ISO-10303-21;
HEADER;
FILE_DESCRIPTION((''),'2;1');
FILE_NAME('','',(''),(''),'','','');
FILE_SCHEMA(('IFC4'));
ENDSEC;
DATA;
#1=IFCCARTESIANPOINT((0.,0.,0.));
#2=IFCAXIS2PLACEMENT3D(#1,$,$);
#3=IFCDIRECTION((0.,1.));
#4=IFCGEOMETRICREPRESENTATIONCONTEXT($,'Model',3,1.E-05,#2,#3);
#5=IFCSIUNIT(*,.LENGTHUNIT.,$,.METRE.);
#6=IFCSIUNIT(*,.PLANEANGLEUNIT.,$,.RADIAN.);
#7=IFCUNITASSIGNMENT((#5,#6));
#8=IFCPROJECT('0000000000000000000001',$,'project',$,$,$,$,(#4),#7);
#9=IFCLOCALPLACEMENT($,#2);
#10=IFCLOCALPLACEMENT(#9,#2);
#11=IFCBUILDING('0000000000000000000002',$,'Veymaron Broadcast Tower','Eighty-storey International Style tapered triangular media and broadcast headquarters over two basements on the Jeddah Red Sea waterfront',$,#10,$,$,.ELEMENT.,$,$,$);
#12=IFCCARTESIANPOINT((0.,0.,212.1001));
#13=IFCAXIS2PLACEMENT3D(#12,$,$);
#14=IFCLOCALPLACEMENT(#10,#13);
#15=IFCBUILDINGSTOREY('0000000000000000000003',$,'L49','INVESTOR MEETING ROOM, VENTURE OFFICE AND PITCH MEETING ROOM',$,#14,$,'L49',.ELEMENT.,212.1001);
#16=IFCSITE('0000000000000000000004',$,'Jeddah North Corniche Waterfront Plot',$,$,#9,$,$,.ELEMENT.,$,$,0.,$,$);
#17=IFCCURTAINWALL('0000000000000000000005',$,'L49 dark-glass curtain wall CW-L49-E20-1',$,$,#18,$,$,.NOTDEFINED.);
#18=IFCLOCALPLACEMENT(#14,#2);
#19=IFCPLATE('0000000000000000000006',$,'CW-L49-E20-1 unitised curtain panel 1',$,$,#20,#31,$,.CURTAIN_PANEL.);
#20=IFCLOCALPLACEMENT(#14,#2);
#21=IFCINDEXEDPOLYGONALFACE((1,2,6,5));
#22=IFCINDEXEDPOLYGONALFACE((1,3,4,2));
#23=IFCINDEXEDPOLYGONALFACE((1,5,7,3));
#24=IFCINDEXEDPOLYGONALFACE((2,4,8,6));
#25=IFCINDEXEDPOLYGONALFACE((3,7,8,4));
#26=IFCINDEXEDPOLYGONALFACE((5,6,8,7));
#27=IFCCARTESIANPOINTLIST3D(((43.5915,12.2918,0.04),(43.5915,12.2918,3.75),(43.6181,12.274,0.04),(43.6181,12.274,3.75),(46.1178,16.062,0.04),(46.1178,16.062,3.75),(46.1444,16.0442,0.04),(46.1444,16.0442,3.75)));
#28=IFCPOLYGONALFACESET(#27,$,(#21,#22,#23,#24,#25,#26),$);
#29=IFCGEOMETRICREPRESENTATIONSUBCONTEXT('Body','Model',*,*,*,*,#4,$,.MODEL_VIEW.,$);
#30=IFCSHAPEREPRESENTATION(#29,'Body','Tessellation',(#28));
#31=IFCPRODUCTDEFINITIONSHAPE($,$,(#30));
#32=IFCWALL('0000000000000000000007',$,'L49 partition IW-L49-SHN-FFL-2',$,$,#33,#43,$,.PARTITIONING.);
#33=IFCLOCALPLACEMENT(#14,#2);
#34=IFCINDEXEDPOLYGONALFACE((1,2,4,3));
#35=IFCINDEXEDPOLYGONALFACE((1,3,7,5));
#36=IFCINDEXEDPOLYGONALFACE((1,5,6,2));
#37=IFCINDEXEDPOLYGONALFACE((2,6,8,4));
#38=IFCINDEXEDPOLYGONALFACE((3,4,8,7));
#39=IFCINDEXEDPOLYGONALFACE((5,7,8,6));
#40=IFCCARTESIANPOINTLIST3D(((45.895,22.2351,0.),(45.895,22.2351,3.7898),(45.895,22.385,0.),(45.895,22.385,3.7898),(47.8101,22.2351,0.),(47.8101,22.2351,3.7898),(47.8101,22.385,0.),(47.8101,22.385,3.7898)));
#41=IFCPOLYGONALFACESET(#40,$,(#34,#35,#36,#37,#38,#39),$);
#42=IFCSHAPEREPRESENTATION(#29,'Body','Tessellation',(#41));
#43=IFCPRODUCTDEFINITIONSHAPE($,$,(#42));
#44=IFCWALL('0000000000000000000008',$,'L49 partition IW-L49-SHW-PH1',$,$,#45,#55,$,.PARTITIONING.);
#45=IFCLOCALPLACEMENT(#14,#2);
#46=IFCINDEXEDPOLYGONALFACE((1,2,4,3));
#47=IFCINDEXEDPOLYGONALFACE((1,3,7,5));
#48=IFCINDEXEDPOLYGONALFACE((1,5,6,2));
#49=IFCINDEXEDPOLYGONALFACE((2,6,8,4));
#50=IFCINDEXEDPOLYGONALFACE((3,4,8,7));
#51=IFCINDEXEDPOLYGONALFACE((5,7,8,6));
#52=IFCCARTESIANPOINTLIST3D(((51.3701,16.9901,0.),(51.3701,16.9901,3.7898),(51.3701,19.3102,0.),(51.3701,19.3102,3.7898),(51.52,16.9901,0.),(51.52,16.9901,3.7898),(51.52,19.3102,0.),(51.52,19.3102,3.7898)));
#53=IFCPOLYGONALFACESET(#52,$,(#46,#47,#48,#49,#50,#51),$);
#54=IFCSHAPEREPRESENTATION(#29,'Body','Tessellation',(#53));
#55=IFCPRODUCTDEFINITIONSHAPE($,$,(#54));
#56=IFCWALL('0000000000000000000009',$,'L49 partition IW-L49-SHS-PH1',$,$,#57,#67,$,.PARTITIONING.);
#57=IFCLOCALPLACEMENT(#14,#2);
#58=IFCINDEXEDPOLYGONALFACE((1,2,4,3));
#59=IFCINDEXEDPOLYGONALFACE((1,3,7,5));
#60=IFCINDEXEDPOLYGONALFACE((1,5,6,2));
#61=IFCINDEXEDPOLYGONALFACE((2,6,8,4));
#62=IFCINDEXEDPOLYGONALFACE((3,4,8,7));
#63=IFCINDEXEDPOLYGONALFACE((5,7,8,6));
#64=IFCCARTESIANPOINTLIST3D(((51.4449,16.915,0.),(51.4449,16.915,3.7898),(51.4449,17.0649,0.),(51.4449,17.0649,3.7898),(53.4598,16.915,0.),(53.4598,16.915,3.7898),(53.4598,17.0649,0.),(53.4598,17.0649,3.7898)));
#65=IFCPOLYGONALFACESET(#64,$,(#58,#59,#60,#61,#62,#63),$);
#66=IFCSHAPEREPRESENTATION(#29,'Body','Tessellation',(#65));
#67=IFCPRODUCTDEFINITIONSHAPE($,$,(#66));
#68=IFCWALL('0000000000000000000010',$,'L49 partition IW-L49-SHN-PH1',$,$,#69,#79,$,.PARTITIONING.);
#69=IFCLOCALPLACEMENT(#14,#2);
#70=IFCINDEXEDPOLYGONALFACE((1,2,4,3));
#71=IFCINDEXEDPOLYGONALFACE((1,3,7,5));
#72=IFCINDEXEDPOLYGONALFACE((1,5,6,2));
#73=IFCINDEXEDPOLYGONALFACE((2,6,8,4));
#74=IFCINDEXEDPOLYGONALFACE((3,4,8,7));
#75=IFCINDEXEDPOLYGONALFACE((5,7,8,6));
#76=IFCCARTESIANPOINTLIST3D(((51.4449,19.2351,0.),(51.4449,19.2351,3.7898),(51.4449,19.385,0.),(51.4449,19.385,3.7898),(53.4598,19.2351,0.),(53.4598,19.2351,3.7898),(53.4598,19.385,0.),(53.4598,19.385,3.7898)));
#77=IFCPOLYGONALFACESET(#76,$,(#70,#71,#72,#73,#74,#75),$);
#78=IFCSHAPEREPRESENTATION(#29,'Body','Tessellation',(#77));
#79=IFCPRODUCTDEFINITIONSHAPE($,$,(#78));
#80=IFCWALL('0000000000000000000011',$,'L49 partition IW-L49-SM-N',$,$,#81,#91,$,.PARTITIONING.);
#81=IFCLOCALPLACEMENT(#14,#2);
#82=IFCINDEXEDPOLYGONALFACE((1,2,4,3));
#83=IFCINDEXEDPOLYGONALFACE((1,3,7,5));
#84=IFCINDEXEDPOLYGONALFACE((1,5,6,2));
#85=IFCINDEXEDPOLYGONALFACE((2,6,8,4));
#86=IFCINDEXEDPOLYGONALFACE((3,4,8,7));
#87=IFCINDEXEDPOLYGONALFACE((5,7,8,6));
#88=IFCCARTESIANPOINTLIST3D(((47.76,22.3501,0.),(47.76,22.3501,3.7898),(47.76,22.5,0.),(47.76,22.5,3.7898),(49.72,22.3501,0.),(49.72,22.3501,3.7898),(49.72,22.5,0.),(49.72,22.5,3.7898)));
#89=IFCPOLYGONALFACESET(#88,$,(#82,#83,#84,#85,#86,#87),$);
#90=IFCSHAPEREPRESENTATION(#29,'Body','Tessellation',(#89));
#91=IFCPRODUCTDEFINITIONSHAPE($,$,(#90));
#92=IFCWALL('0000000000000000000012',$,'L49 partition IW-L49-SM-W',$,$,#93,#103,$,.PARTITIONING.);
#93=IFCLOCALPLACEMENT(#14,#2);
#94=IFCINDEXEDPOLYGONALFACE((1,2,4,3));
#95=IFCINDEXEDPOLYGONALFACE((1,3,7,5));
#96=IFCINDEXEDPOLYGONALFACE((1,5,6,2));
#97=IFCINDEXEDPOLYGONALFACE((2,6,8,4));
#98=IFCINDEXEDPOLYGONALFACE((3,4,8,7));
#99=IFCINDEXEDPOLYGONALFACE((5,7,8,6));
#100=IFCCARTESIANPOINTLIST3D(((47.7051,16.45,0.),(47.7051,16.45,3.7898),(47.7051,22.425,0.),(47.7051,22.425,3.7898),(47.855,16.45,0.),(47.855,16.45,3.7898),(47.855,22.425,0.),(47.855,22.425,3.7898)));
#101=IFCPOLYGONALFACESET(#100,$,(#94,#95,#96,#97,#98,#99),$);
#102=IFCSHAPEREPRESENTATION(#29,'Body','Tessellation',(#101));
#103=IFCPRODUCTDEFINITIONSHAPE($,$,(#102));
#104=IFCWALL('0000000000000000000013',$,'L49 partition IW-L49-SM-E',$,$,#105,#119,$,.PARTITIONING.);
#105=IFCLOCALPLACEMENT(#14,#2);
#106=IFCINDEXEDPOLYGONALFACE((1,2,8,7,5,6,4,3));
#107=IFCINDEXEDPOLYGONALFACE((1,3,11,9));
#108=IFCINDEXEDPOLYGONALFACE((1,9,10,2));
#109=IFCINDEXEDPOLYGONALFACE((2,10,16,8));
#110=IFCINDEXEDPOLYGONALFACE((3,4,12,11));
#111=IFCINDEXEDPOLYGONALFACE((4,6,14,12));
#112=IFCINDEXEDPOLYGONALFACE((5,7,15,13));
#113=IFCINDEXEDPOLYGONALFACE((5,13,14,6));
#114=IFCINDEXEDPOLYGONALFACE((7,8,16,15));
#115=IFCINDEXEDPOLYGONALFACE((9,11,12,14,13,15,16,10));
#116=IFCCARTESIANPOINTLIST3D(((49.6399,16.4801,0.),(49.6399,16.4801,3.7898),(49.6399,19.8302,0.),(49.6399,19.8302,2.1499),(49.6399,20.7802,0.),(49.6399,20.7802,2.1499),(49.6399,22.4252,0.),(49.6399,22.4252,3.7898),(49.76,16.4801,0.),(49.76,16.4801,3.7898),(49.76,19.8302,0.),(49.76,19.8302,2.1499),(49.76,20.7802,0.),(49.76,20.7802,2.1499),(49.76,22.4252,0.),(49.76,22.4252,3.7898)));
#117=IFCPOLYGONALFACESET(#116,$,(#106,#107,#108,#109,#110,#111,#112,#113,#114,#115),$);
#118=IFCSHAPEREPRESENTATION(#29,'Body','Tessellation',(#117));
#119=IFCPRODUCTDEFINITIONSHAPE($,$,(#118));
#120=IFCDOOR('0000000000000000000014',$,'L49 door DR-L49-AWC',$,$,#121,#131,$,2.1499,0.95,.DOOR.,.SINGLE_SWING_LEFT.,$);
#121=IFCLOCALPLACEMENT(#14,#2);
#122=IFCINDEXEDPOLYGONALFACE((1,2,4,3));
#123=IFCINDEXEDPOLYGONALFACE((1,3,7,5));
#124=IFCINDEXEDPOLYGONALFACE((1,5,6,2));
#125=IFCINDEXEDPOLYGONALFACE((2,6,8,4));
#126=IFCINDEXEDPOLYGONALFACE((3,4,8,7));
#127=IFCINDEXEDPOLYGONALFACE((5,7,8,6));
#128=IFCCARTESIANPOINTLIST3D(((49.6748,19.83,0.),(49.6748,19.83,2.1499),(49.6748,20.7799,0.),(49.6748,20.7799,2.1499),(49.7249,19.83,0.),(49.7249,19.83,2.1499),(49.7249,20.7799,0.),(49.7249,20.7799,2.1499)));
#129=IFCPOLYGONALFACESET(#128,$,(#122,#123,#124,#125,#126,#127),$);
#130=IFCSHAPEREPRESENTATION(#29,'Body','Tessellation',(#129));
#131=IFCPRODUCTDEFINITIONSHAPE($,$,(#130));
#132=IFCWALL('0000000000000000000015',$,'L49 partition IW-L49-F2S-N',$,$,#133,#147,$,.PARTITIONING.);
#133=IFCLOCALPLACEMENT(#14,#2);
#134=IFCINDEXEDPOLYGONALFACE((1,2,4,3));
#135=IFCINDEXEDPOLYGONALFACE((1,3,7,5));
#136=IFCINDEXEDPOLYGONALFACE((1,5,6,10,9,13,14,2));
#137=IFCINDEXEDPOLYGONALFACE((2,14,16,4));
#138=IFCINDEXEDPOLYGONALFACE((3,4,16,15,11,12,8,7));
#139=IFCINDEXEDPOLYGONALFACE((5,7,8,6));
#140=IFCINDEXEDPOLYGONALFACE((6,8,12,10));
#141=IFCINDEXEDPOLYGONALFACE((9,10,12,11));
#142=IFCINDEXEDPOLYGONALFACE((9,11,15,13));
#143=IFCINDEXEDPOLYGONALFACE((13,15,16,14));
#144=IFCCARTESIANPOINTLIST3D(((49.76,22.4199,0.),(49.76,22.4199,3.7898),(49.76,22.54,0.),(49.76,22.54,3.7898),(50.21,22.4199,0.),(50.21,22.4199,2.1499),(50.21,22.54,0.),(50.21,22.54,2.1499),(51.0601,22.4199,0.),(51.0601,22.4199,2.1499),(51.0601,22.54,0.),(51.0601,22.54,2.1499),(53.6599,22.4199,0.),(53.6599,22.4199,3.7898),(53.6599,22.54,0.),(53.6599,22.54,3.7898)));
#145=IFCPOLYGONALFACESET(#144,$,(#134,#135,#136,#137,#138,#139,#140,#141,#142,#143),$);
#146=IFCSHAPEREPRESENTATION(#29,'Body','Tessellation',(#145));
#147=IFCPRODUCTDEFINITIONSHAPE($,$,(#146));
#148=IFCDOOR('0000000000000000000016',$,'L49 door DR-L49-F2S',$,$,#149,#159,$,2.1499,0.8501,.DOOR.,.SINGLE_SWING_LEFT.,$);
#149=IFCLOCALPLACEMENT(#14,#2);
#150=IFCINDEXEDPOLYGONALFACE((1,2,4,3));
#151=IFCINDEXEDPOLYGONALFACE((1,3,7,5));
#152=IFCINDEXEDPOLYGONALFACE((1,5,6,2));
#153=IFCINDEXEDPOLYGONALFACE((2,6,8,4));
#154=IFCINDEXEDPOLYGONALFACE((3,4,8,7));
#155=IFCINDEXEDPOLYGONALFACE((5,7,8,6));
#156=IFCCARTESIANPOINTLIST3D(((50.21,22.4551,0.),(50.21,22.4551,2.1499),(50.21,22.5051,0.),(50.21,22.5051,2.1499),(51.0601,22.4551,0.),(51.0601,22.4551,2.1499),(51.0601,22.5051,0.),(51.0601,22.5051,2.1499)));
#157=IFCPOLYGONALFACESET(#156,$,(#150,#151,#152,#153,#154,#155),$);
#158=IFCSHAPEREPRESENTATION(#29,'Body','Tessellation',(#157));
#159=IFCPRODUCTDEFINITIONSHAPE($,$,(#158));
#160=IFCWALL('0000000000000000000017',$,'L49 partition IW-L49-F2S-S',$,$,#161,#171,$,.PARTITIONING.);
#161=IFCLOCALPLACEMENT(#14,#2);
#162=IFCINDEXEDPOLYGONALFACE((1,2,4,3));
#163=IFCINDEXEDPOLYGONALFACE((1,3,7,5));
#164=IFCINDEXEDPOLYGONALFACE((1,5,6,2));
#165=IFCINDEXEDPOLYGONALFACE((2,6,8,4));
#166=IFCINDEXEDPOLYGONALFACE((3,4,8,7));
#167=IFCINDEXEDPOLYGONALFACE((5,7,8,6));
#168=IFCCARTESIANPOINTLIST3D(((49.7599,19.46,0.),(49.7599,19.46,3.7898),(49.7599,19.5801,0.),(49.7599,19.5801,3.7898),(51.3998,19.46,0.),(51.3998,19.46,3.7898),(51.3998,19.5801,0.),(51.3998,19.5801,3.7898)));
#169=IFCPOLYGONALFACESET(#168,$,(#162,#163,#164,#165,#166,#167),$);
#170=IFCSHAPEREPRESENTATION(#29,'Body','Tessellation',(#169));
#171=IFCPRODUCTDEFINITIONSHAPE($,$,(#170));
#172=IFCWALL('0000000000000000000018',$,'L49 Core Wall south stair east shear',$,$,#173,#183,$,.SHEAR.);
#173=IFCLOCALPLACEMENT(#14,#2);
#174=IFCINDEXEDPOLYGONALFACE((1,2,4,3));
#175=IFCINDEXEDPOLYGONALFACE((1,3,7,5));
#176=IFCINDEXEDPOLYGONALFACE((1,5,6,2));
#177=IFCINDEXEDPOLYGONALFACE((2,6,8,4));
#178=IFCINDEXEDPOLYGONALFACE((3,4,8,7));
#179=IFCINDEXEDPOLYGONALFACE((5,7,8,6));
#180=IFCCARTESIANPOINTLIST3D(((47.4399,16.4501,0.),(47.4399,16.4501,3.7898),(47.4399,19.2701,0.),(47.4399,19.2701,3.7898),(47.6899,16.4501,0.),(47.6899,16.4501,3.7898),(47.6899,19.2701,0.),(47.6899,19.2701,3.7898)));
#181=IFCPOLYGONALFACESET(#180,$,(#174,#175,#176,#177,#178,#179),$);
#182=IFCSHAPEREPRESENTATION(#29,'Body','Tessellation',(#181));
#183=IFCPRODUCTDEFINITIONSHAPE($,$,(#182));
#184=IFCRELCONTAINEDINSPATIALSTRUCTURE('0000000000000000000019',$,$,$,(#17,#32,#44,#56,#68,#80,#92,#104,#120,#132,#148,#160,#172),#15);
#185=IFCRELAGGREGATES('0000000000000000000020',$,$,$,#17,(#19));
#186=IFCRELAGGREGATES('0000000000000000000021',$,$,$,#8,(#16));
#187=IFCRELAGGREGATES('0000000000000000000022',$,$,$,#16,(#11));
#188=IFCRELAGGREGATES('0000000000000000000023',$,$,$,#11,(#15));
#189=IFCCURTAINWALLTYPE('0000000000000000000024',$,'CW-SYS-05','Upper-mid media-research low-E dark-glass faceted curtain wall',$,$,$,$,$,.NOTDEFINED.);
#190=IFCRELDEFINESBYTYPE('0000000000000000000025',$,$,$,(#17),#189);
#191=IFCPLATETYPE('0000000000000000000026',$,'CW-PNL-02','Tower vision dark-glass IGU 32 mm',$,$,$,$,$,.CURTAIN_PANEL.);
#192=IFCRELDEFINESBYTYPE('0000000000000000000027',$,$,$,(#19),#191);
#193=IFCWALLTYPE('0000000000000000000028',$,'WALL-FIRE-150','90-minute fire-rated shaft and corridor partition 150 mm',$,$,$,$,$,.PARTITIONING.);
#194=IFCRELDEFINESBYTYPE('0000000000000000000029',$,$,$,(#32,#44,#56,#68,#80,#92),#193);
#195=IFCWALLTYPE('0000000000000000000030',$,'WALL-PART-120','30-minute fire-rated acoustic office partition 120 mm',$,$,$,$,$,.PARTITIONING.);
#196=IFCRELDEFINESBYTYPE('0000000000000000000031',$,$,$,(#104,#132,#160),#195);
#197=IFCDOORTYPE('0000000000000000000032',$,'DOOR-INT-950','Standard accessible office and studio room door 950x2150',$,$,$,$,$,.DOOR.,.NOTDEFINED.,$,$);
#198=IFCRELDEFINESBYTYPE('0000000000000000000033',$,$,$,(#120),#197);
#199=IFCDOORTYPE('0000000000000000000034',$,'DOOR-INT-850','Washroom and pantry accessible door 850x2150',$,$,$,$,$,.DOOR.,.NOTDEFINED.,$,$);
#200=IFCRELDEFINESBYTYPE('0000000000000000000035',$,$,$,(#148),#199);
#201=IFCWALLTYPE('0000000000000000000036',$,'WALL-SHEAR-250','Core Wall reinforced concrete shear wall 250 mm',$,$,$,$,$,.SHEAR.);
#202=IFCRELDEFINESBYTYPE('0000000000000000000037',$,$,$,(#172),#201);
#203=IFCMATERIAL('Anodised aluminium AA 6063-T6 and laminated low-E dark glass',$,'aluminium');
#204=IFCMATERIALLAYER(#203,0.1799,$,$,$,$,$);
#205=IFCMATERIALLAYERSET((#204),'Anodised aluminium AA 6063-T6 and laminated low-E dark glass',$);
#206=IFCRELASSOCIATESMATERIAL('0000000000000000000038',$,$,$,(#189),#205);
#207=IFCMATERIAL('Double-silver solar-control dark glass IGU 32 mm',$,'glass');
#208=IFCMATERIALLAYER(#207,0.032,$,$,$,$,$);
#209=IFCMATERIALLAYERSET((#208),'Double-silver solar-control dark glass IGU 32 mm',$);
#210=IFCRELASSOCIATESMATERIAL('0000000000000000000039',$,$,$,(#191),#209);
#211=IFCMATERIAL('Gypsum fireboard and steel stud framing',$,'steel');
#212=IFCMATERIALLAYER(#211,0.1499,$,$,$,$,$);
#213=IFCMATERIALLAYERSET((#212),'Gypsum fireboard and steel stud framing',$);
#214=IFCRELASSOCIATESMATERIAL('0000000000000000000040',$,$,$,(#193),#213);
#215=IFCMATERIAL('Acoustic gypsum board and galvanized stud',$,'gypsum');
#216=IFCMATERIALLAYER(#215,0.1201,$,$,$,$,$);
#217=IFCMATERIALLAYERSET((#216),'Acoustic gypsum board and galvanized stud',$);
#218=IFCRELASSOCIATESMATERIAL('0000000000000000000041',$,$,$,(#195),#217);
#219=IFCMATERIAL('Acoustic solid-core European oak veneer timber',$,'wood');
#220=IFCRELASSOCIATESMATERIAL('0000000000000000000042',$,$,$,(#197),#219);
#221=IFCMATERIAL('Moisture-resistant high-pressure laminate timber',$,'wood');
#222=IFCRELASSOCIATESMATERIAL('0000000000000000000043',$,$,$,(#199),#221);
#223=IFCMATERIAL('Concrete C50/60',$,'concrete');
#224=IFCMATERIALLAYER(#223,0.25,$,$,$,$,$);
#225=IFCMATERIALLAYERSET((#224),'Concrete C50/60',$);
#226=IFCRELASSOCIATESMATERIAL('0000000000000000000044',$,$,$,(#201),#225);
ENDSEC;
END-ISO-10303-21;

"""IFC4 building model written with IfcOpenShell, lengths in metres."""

from ifc_helpers import new_model, si_unit, direction, frame, frame_2d, origin, origin_2d, place, context, subcontext, project, spatial, rectangle, extrude, material, layer, layer_set, type_object, element, fill, aggregate, save


model = new_model("IFC4")

# Units and contexts
model_context = context("Model", 3, precision=1e-05, world=origin(), true_north=direction((0.0, 1.0)))
body_context = subcontext(model_context, "Body", "Model", "MODEL_VIEW")
ifc_project = project(units=[si_unit("LENGTHUNIT", "METRE"), si_unit("PLANEANGLEUNIT", "RADIAN")], contexts=[model_context])

# Site, building, storey
site_placement = place(None, origin())
site = spatial("IfcSite", under=ifc_project, at=site_placement, Name="Jeddah North Corniche Waterfront Plot", CompositionType="ELEMENT", RefElevation=0.0)
building_placement = place(site_placement, origin())
building = spatial("IfcBuilding", under=site, at=building_placement, Name="Veymaron Broadcast Tower", Description="Eighty-storey International Style tapered triangular media and broadcast headquarters over two basements on the Jeddah Red Sea waterfront", CompositionType="ELEMENT")
storey_placement = place(building_placement, frame((0.0, 0.0, 212.1001)))
storey = spatial("IfcBuildingStorey", under=building, at=storey_placement, Name="L49", Description="INVESTOR MEETING ROOM, VENTURE OFFICE AND PITCH MEETING ROOM", LongName="L49", CompositionType="ELEMENT", Elevation=212.1001)

# Shared definitions
ifc_material_1 = material(Name="Anodised aluminium AA 6063-T6 and laminated low-E dark glass", Category="aluminium")
ifc_layer_1 = layer(ifc_material_1, 0.1799)
ifc_layer_set_1 = layer_set([ifc_layer_1], Name="Anodised aluminium AA 6063-T6 and laminated low-E dark glass")
curtain_wall_type = type_object("IfcCurtainWallType", Name="CW-SYS-05", Description="Upper-mid media-research low-E dark-glass faceted curtain wall", PredefinedType="NOTDEFINED", material=ifc_layer_set_1)

# Curtain wall
curtain_wall_1_placement = place(storey_placement, origin())
curtain_wall_1 = element("IfcCurtainWall", 1, at=curtain_wall_1_placement, inside=storey, type_object=curtain_wall_type, Name="L49 dark-glass curtain wall CW-L49-E20-1", PredefinedType="NOTDEFINED")

# Plate
ifc_material_2 = material(Name="Double-silver solar-control dark glass IGU 32 mm", Category="glass")
ifc_layer_2 = layer(ifc_material_2, 0.032)
ifc_layer_set_2 = layer_set([ifc_layer_2], Name="Double-silver solar-control dark glass IGU 32 mm")
plate_type = type_object("IfcPlateType", Name="CW-PNL-02", Description="Tower vision dark-glass IGU 32 mm", PredefinedType="CURTAIN_PANEL", material=ifc_layer_set_2)
plate_1_placement = place(storey_placement, frame((44.8679, 14.168, 0.04), z_axis=(0.0, 0.0, 1.0), x_axis=(0.556658, 0.830742, 0.0)))
plate_1 = element("IfcPlate", 2, at=plate_1_placement, type_object=plate_type, Name="CW-L49-E20-1 unitised curtain panel 1", PredefinedType="CURTAIN_PANEL", context=body_context, shape_type="SweptSolid", body=[
    extrude(rectangle(XDim=4.5383, YDim=0.032, at=origin_2d()), origin(), (0.0, 0.0, 1.0), 3.71),
])
aggregate(curtain_wall_1, [plate_1])

# Shared definitions
ifc_material_3 = material(Name="Gypsum fireboard and steel stud framing", Category="steel")
ifc_layer_3 = layer(ifc_material_3, 0.1499)
ifc_layer_set_3 = layer_set([ifc_layer_3], Name="Gypsum fireboard and steel stud framing")
wall_type_1 = type_object("IfcWallType", Name="WALL-FIRE-150", Description="90-minute fire-rated shaft and corridor partition 150 mm", PredefinedType="PARTITIONING", material=ifc_layer_set_3)

# Walls
wall_1_placement = place(storey_placement, frame((45.895, 22.3101, 0.0), z_axis=(0.0, 0.0, 1.0), x_axis=(1.0, 0.0, 0.0)))
element("IfcWall", 3, at=wall_1_placement, inside=storey, type_object=wall_type_1, Name="L49 partition IW-L49-SHN-FFL-2", PredefinedType="PARTITIONING", context=body_context, shape_type="SweptSolid", body=[
    extrude(rectangle(XDim=1.915, YDim=0.1499, at=frame_2d((0.9575, 0.0))), origin(), (0.0, 0.0, 1.0), 3.7898),
])
wall_2_placement = place(storey_placement, frame((51.4451, 16.99, 0.0), z_axis=(0.0, 0.0, 1.0), x_axis=(0.0, 1.0, 0.0)))
element("IfcWall", 4, at=wall_2_placement, inside=storey, type_object=wall_type_1, Name="L49 partition IW-L49-SHW-PH1", PredefinedType="PARTITIONING", context=body_context, shape_type="SweptSolid", body=[
    extrude(rectangle(XDim=2.3201, YDim=0.1499, at=frame_2d((1.1602, 0.0))), origin(), (0.0, 0.0, 1.0), 3.7898),
])
for number, where, z_axis, x_axis, name in (
    (5, (51.4451, 16.99, 0.0), (0.0, 0.0, 1.0), (1.0, 0.0, 0.0), "L49 partition IW-L49-SHS-PH1"),
    (6, (51.4451, 19.3101, 0.0), (0.0, 0.0, 1.0), (1.0, 0.0, 0.0), "L49 partition IW-L49-SHN-PH1"),
):
    element("IfcWall", number, at=place(storey_placement, frame(where, z_axis=z_axis, x_axis=x_axis)), inside=storey, type_object=wall_type_1, Name=name, PredefinedType="PARTITIONING", context=body_context, shape_type="SweptSolid", body=[
        extrude(rectangle(XDim=2.0149, YDim=0.1499, at=frame_2d((1.0073, 0.0))), origin(), (0.0, 0.0, 1.0), 3.7898),
    ])

# Walls
wall_3_placement = place(storey_placement, frame((47.76, 22.425, 0.0), z_axis=(0.0, 0.0, 1.0), x_axis=(1.0, 0.0, 0.0)))
element("IfcWall", 7, at=wall_3_placement, inside=storey, type_object=wall_type_1, Name="L49 partition IW-L49-SM-N", PredefinedType="PARTITIONING", context=body_context, shape_type="SweptSolid", body=[
    extrude(rectangle(XDim=1.96, YDim=0.1499, at=frame_2d((0.98, 0.0))), origin(), (0.0, 0.0, 1.0), 3.7898),
])
wall_4_placement = place(storey_placement, frame((47.78, 16.45, 0.0), z_axis=(0.0, 0.0, 1.0), x_axis=(0.0, 1.0, 0.0)))
element("IfcWall", 8, at=wall_4_placement, inside=storey, type_object=wall_type_1, Name="L49 partition IW-L49-SM-W", PredefinedType="PARTITIONING", context=body_context, shape_type="SweptSolid", body=[
    extrude(rectangle(XDim=5.9751, YDim=0.1499, at=frame_2d((2.9875, 0.0))), origin(), (0.0, 0.0, 1.0), 3.7898),
])

# Walls, openings, doors
ifc_material_4 = material(Name="Acoustic gypsum board and galvanized stud", Category="gypsum")
ifc_layer_4 = layer(ifc_material_4, 0.1201)
ifc_layer_set_4 = layer_set([ifc_layer_4], Name="Acoustic gypsum board and galvanized stud")
wall_type_2 = type_object("IfcWallType", Name="WALL-PART-120", Description="30-minute fire-rated acoustic office partition 120 mm", PredefinedType="PARTITIONING", material=ifc_layer_set_4)
wall_5_placement = place(storey_placement, frame((49.7, 16.48, 0.0), z_axis=(0.0, 0.0, 1.0), x_axis=(0.0, 1.0, 0.0)))
wall_5 = element("IfcWall", 9, at=wall_5_placement, inside=storey, type_object=wall_type_2, Name="L49 partition IW-L49-SM-E", PredefinedType="PARTITIONING", context=body_context, shape_type="SweptSolid", body=[
    extrude(rectangle(XDim=5.9451, YDim=0.1201, at=frame_2d((2.9727, 0.0))), origin(), (0.0, 0.0, 1.0), 3.7898),
])
opening_1_placement = place(wall_5_placement, frame((3.3501, 0.0, 0.0)))
opening_1 = element("IfcOpeningElement", 10, at=opening_1_placement, cuts=wall_5, PredefinedType="OPENING", context=body_context, shape_type="SweptSolid", body=[
    extrude(rectangle(XDim=0.95, YDim=2.1499, at=frame_2d((0.4751, 1.075))), frame((0.0, 0.0701, 0.0), z_axis=(0.0, -1.0, 0.0), x_axis=(1.0, 0.0, 0.0)), (0.0, 0.0, 1.0), 0.1401),
])
ifc_material_5 = material(Name="Acoustic solid-core European oak veneer timber", Category="wood")
door_type_1 = type_object("IfcDoorType", Name="DOOR-INT-950", Description="Standard accessible office and studio room door 950x2150", OperationType="NOTDEFINED", PredefinedType="DOOR", material=ifc_material_5)
door_1_placement = place(opening_1_placement, frame((0.95, 0.0, 0.0), z_axis=(0.0, 0.0, 1.0), x_axis=(-1.0, 0.0, 0.0)))
door_1 = element("IfcDoor", 11, at=door_1_placement, inside=storey, type_object=door_type_1, Name="L49 door DR-L49-AWC", OperationType="SINGLE_SWING_LEFT", OverallHeight=2.1499, OverallWidth=0.95, PredefinedType="DOOR", context=body_context, shape_type="SweptSolid", body=[
    extrude(rectangle(XDim=0.95, YDim=2.1499, at=frame_2d((0.4751, 1.075))), frame((0.0, 0.0249, 0.0), z_axis=(0.0, -1.0, 0.0), x_axis=(1.0, 0.0, 0.0)), (0.0, 0.0, 1.0), 0.05),
])
fill(opening_1, door_1)
wall_6_placement = place(storey_placement, frame((49.76, 22.48, 0.0), z_axis=(0.0, 0.0, 1.0), x_axis=(1.0, 0.0, 0.0)))
wall_6 = element("IfcWall", 12, at=wall_6_placement, inside=storey, type_object=wall_type_2, Name="L49 partition IW-L49-F2S-N", PredefinedType="PARTITIONING", context=body_context, shape_type="SweptSolid", body=[
    extrude(rectangle(XDim=3.8999, YDim=0.1201, at=frame_2d((1.95, 0.0))), origin(), (0.0, 0.0, 1.0), 3.7898),
])
opening_2_placement = place(wall_6_placement, frame((0.45, 0.0, 0.0)))
opening_2 = element("IfcOpeningElement", 13, at=opening_2_placement, cuts=wall_6, PredefinedType="OPENING", context=body_context, shape_type="SweptSolid", body=[
    extrude(rectangle(XDim=0.8501, YDim=2.1499, at=frame_2d((0.425, 1.075))), frame((0.0, 0.0701, 0.0), z_axis=(0.0, -1.0, 0.0), x_axis=(1.0, 0.0, 0.0)), (0.0, 0.0, 1.0), 0.1401),
])
ifc_material_6 = material(Name="Moisture-resistant high-pressure laminate timber", Category="wood")
door_type_2 = type_object("IfcDoorType", Name="DOOR-INT-850", Description="Washroom and pantry accessible door 850x2150", OperationType="NOTDEFINED", PredefinedType="DOOR", material=ifc_material_6)
door_2_placement = place(opening_2_placement, frame((0.8501, 0.0, 0.0), z_axis=(0.0, 0.0, 1.0), x_axis=(-1.0, 0.0, 0.0)))
door_2 = element("IfcDoor", 14, at=door_2_placement, inside=storey, type_object=door_type_2, Name="L49 door DR-L49-F2S", OperationType="SINGLE_SWING_LEFT", OverallHeight=2.1499, OverallWidth=0.8501, PredefinedType="DOOR", context=body_context, shape_type="SweptSolid", body=[
    extrude(rectangle(XDim=0.8501, YDim=2.1499, at=frame_2d((0.425, 1.075))), frame((0.0, 0.0249, 0.0), z_axis=(0.0, -1.0, 0.0), x_axis=(1.0, 0.0, 0.0)), (0.0, 0.0, 1.0), 0.05),
])
fill(opening_2, door_2)

# Walls
wall_7_placement = place(storey_placement, frame((49.76, 19.52, 0.0), z_axis=(0.0, 0.0, 1.0), x_axis=(1.0, 0.0, 0.0)))
element("IfcWall", 15, at=wall_7_placement, inside=storey, type_object=wall_type_2, Name="L49 partition IW-L49-F2S-S", PredefinedType="PARTITIONING", context=body_context, shape_type="SweptSolid", body=[
    extrude(rectangle(XDim=1.6399, YDim=0.1201, at=frame_2d((0.8198, 0.0))), origin(), (0.0, 0.0, 1.0), 3.7898),
])
ifc_material_7 = material(Name="Concrete C50/60", Category="concrete")
ifc_layer_5 = layer(ifc_material_7, 0.25)
ifc_layer_set_5 = layer_set([ifc_layer_5], Name="Concrete C50/60")
wall_type_3 = type_object("IfcWallType", Name="WALL-SHEAR-250", Description="Core Wall reinforced concrete shear wall 250 mm", PredefinedType="SHEAR", material=ifc_layer_set_5)
wall_8_placement = place(storey_placement, frame((47.5649, 16.45, 0.0), z_axis=(0.0, 0.0, 1.0), x_axis=(0.0, 1.0, 0.0)))
element("IfcWall", 16, at=wall_8_placement, inside=storey, type_object=wall_type_3, Name="L49 Core Wall south stair east shear", PredefinedType="SHEAR", context=body_context, shape_type="SweptSolid", body=[
    extrude(rectangle(XDim=2.8201, YDim=0.25, at=frame_2d((1.4102, 0.0))), origin(), (0.0, 0.0, 1.0), 3.7898),
])

save(model, "model.ifc")
